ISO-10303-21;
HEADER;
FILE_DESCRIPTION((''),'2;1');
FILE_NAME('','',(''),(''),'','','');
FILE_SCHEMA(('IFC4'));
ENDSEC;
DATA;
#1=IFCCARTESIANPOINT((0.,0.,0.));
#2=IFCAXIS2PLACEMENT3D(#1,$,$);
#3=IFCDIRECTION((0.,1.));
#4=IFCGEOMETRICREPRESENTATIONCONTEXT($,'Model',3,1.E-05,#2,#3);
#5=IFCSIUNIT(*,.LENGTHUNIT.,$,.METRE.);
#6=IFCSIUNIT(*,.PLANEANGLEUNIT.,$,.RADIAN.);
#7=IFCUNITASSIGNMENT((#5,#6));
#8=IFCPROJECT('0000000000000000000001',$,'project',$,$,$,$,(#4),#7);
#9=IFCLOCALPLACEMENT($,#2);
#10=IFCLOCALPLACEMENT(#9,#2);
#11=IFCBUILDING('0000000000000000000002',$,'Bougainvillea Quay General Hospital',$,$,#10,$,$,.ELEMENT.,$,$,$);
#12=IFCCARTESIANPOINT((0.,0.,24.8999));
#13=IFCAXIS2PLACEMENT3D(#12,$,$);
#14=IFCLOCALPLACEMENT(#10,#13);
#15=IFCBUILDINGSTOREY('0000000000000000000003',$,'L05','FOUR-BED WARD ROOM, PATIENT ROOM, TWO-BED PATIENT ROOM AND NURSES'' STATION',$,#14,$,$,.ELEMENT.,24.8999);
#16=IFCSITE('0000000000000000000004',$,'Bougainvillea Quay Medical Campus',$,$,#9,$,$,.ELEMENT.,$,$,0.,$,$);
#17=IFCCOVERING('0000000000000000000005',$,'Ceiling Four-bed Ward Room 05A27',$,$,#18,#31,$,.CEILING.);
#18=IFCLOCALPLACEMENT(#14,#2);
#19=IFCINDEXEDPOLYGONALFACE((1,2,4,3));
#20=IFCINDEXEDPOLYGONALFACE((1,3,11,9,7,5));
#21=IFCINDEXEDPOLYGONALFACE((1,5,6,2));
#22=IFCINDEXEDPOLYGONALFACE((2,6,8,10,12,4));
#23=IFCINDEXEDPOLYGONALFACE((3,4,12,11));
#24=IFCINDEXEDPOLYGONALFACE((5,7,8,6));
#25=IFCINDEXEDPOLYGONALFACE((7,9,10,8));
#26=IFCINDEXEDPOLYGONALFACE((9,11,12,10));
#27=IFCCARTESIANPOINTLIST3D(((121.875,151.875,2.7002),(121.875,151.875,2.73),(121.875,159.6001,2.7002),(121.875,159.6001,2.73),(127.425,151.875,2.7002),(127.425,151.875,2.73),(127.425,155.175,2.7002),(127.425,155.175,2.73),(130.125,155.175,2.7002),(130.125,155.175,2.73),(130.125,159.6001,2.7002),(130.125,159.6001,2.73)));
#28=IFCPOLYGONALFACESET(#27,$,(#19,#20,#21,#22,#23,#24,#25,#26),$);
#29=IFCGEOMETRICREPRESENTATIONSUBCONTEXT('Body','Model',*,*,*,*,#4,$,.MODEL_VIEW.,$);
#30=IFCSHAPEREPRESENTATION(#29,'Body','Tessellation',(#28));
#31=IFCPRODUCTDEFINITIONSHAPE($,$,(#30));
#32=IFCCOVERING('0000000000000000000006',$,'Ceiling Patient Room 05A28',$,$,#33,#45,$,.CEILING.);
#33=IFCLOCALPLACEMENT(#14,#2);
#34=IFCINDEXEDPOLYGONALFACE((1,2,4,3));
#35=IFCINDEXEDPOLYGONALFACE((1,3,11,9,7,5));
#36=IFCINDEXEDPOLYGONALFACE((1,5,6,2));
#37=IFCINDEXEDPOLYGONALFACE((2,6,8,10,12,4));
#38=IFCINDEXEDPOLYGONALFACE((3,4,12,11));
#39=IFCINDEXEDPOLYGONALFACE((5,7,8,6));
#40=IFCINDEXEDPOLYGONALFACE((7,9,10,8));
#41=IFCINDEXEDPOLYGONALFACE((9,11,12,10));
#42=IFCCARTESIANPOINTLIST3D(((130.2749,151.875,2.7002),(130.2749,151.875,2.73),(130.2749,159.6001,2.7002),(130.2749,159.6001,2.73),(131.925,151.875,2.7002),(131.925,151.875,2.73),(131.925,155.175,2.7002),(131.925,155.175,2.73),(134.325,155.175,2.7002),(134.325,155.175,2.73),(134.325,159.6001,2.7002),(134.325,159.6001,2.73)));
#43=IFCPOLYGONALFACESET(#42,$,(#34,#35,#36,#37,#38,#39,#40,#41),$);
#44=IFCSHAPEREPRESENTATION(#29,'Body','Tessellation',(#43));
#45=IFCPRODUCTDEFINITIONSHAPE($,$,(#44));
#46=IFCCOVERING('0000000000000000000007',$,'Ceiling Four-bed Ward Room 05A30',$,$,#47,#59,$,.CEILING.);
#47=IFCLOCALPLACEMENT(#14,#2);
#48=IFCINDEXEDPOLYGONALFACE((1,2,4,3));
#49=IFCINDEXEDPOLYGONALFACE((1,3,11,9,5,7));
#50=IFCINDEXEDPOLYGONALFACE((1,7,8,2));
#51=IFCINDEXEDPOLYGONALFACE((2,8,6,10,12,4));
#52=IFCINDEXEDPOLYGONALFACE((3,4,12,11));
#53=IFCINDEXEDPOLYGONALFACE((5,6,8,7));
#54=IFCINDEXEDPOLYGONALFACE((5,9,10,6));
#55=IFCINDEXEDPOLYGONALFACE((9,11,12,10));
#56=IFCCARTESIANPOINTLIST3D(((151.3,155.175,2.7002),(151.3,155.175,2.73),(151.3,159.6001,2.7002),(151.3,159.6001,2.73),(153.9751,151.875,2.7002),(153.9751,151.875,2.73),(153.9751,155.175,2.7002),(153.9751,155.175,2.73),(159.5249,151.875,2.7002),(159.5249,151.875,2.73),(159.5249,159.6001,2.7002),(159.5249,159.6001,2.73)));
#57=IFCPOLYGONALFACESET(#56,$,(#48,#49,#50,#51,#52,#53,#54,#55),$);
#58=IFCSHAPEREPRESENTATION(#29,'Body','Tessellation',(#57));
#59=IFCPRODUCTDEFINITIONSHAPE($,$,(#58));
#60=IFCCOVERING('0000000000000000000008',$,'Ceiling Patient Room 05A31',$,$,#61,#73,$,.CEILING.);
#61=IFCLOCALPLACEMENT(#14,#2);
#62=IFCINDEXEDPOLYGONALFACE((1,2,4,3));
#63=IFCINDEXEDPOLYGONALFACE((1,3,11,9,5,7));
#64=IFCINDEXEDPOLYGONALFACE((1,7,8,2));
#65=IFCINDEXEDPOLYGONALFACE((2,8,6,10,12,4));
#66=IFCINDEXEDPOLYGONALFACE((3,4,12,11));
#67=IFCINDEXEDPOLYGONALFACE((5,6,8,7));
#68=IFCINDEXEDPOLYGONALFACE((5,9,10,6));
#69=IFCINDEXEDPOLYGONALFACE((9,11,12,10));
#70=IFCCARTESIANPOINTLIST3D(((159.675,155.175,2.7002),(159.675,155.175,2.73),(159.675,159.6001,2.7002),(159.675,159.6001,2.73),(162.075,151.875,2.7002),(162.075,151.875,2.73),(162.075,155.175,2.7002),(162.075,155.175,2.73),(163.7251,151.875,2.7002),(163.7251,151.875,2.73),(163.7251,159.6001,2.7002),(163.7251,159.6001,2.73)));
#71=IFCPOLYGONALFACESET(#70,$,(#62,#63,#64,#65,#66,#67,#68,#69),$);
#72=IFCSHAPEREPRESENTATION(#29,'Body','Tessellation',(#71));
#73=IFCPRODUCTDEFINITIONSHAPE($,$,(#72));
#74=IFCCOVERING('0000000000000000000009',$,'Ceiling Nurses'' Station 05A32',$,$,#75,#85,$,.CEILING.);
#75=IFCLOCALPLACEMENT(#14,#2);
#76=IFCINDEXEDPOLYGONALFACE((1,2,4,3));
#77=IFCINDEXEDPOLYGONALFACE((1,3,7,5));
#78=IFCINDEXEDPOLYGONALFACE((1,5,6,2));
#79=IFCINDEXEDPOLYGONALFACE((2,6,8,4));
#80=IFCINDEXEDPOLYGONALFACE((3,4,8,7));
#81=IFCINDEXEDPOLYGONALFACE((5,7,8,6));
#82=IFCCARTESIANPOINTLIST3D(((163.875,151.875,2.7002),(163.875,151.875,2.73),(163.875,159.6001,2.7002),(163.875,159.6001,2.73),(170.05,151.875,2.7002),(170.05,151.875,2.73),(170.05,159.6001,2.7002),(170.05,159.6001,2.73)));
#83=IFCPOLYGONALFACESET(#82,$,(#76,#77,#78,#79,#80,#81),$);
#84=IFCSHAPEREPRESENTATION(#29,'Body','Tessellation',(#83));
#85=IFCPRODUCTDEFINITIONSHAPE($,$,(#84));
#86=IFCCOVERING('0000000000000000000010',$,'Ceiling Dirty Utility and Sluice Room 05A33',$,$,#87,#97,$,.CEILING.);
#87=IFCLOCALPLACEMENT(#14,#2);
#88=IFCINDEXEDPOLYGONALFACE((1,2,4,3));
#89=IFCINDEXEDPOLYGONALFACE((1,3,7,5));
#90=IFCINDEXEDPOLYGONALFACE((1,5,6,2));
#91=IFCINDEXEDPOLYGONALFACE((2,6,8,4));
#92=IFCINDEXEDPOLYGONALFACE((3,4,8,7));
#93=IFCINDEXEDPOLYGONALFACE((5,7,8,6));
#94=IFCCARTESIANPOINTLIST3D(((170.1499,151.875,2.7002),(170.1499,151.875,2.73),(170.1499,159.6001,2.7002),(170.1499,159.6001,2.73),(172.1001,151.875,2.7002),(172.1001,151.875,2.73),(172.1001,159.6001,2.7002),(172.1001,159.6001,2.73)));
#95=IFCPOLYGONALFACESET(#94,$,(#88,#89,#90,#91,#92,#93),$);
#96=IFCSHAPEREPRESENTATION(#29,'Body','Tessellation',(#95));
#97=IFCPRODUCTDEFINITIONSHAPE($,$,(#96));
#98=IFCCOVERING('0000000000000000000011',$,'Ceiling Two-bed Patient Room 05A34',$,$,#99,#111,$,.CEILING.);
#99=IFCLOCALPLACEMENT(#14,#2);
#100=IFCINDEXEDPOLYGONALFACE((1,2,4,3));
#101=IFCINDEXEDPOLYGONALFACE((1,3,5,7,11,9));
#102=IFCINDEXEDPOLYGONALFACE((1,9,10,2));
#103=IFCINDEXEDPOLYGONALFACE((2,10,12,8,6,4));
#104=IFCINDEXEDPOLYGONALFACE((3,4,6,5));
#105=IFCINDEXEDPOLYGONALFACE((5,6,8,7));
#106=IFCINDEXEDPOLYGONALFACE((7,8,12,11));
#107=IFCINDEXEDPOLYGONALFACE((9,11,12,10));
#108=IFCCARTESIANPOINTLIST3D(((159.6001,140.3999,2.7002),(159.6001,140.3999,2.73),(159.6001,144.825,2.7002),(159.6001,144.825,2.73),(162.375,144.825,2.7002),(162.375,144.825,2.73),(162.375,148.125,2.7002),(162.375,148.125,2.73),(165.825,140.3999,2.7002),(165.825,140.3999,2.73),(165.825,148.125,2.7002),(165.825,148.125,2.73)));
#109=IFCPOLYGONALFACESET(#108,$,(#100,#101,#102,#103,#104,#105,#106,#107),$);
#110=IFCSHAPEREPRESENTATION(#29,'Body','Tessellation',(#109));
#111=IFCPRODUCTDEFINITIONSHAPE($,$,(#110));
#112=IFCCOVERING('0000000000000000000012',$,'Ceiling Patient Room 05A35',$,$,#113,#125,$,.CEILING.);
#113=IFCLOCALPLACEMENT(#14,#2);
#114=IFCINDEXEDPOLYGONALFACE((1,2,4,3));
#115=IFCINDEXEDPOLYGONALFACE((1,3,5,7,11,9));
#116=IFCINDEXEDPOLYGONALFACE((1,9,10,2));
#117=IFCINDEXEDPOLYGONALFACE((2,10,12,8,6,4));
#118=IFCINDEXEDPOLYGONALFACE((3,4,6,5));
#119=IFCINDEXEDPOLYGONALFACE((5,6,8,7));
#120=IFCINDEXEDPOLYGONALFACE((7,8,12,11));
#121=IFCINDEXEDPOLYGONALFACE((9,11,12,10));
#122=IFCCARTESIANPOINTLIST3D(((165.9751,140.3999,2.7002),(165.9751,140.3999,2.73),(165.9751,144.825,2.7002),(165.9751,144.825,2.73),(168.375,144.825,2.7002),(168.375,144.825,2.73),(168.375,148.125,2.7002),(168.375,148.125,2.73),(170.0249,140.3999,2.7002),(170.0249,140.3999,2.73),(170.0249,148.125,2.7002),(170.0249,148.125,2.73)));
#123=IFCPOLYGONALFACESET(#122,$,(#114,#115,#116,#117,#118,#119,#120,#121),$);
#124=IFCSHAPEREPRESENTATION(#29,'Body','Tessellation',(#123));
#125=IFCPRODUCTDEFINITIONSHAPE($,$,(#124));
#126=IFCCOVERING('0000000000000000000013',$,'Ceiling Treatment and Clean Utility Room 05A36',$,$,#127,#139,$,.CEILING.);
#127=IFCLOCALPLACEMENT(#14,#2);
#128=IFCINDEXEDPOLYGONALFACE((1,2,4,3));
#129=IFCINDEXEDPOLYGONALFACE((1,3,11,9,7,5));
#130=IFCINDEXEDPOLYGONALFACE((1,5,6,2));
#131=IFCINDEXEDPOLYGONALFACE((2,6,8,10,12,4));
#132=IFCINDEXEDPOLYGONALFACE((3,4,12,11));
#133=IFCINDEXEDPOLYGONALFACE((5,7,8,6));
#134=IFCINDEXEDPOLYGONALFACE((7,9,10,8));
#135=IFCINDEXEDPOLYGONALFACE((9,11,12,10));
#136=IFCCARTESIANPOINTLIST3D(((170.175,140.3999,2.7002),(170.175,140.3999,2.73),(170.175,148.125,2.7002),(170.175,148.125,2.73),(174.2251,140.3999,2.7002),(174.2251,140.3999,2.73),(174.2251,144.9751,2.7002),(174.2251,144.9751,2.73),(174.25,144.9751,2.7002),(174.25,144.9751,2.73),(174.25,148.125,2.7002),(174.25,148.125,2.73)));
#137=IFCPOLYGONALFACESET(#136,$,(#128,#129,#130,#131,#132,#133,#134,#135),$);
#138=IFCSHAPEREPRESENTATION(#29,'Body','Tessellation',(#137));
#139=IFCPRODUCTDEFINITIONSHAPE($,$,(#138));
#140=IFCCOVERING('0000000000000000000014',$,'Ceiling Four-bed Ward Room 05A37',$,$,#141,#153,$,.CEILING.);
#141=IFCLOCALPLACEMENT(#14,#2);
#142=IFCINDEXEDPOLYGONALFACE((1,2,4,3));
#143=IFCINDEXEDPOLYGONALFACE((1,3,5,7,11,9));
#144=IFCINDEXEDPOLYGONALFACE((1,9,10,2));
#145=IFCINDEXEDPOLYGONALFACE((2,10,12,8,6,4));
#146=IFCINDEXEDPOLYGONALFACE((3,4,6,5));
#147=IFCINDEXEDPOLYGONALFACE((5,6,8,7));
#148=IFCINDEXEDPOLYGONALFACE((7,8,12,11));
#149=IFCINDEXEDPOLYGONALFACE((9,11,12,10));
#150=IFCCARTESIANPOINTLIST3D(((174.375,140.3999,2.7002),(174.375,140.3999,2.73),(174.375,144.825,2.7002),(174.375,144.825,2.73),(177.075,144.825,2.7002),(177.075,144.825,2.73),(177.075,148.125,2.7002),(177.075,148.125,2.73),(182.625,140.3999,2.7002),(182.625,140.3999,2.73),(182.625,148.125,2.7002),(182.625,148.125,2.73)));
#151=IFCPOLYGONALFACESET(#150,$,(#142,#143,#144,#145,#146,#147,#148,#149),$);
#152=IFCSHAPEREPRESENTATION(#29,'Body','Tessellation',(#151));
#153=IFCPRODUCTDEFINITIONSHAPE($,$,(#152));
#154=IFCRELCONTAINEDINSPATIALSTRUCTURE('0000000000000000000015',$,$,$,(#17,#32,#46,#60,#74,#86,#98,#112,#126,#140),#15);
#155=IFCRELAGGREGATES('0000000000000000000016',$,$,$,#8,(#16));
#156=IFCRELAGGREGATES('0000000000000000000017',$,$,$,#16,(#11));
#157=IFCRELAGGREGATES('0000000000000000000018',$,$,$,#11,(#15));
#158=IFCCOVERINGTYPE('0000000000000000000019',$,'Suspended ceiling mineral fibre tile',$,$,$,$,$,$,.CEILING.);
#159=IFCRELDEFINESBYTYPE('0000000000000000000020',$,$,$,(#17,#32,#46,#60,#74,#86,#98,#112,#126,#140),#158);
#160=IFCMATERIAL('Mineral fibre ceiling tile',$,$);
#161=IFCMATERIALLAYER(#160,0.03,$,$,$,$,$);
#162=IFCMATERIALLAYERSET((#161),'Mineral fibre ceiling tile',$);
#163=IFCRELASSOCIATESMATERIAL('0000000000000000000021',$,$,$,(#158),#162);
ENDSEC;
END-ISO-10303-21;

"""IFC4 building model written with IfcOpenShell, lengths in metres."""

from ifc_helpers import new_model, si_unit, direction, frame, origin, place, context, subcontext, project, spatial, polyline, outline, extrude, material, layer, layer_set, type_object, element, save


model = new_model("IFC4")

# Units and contexts
model_context = context("Model", 3, precision=1e-05, world=origin(), true_north=direction((0.0, 1.0)))
body_context = subcontext(model_context, "Body", "Model", "MODEL_VIEW")
ifc_project = project(units=[si_unit("LENGTHUNIT", "METRE"), si_unit("PLANEANGLEUNIT", "RADIAN")], contexts=[model_context])

# Site, building, storey
site_placement = place(None, origin())
site = spatial("IfcSite", under=ifc_project, at=site_placement, Name="Bougainvillea Quay Medical Campus", CompositionType="ELEMENT", RefElevation=0.0)
building_placement = place(site_placement, origin())
building = spatial("IfcBuilding", under=site, at=building_placement, Name="Bougainvillea Quay General Hospital", CompositionType="ELEMENT")
storey_placement = place(building_placement, frame((0.0, 0.0, 24.8999)))
storey = spatial("IfcBuildingStorey", under=building, at=storey_placement, Name="L05", Description="FOUR-BED WARD ROOM, PATIENT ROOM, TWO-BED PATIENT ROOM AND NURSES' STATION", CompositionType="ELEMENT", Elevation=24.8999)

# Coverings
ifc_material_1 = material(Name="Mineral fibre ceiling tile")
ifc_layer_1 = layer(ifc_material_1, 0.03)
ifc_layer_set_1 = layer_set([ifc_layer_1], Name="Mineral fibre ceiling tile")
covering_type = type_object("IfcCoveringType", Name="Suspended ceiling mineral fibre tile", PredefinedType="CEILING", material=ifc_layer_set_1)
covering_1_placement = place(storey_placement, frame((0.0, 0.0, 2.7002)))
element("IfcCovering", 1, at=covering_1_placement, inside=storey, type_object=covering_type, Name="Ceiling Four-bed Ward Room 05A27", PredefinedType="CEILING", context=body_context, shape_type="SweptSolid", body=[
    extrude(outline(polyline([(121.875, 159.6001), (121.875, 151.875), (127.425, 151.875), (127.425, 155.175), (130.125, 155.175), (130.125, 159.6001), (121.875, 159.6001)])), origin(), (0.0, 0.0, 1.0), 0.0298),
])
covering_2_placement = place(storey_placement, frame((0.0, 0.0, 2.7002)))
element("IfcCovering", 2, at=covering_2_placement, inside=storey, type_object=covering_type, Name="Ceiling Patient Room 05A28", PredefinedType="CEILING", context=body_context, shape_type="SweptSolid", body=[
    extrude(outline(polyline([(130.2749, 159.6001), (130.2749, 151.875), (131.925, 151.875), (131.925, 155.175), (134.325, 155.175), (134.325, 159.6001), (130.2749, 159.6001)])), origin(), (0.0, 0.0, 1.0), 0.0298),
])
covering_3_placement = place(storey_placement, frame((0.0, 0.0, 2.7002)))
element("IfcCovering", 3, at=covering_3_placement, inside=storey, type_object=covering_type, Name="Ceiling Four-bed Ward Room 05A30", PredefinedType="CEILING", context=body_context, shape_type="SweptSolid", body=[
    extrude(outline(polyline([(151.3, 159.6001), (151.3, 155.175), (153.9751, 155.175), (153.9751, 151.875), (159.5249, 151.875), (159.5249, 159.6001), (151.3, 159.6001)])), origin(), (0.0, 0.0, 1.0), 0.0298),
])
covering_4_placement = place(storey_placement, frame((0.0, 0.0, 2.7002)))
element("IfcCovering", 4, at=covering_4_placement, inside=storey, type_object=covering_type, Name="Ceiling Patient Room 05A31", PredefinedType="CEILING", context=body_context, shape_type="SweptSolid", body=[
    extrude(outline(polyline([(159.675, 159.6001), (159.675, 155.175), (162.075, 155.175), (162.075, 151.875), (163.7251, 151.875), (163.7251, 159.6001), (159.675, 159.6001)])), origin(), (0.0, 0.0, 1.0), 0.0298),
])
covering_5_placement = place(storey_placement, frame((0.0, 0.0, 2.7002)))
element("IfcCovering", 5, at=covering_5_placement, inside=storey, type_object=covering_type, Name="Ceiling Nurses' Station 05A32", PredefinedType="CEILING", context=body_context, shape_type="SweptSolid", body=[
    extrude(outline(polyline([(163.875, 159.6001), (163.875, 151.875), (170.05, 151.875), (170.05, 159.6001), (163.875, 159.6001)])), origin(), (0.0, 0.0, 1.0), 0.0298),
])
covering_6_placement = place(storey_placement, frame((0.0, 0.0, 2.7002)))
element("IfcCovering", 6, at=covering_6_placement, inside=storey, type_object=covering_type, Name="Ceiling Dirty Utility and Sluice Room 05A33", PredefinedType="CEILING", context=body_context, shape_type="SweptSolid", body=[
    extrude(outline(polyline([(170.1499, 159.6001), (170.1499, 151.875), (172.1001, 151.875), (172.1001, 159.6001), (170.1499, 159.6001)])), origin(), (0.0, 0.0, 1.0), 0.0298),
])
covering_7_placement = place(storey_placement, frame((0.0, 0.0, 2.7002)))
element("IfcCovering", 7, at=covering_7_placement, inside=storey, type_object=covering_type, Name="Ceiling Two-bed Patient Room 05A34", PredefinedType="CEILING", context=body_context, shape_type="SweptSolid", body=[
    extrude(outline(polyline([(165.825, 140.3999), (165.825, 148.125), (162.375, 148.125), (162.375, 144.825), (159.6001, 144.825), (159.6001, 140.3999), (165.825, 140.3999)])), origin(), (0.0, 0.0, 1.0), 0.0298),
])
covering_8_placement = place(storey_placement, frame((0.0, 0.0, 2.7002)))
element("IfcCovering", 8, at=covering_8_placement, inside=storey, type_object=covering_type, Name="Ceiling Patient Room 05A35", PredefinedType="CEILING", context=body_context, shape_type="SweptSolid", body=[
    extrude(outline(polyline([(170.0249, 140.3999), (170.0249, 148.125), (168.375, 148.125), (168.375, 144.825), (165.9751, 144.825), (165.9751, 140.3999), (170.0249, 140.3999)])), origin(), (0.0, 0.0, 1.0), 0.0298),
])
covering_9_placement = place(storey_placement, frame((0.0, 0.0, 2.7002)))
element("IfcCovering", 9, at=covering_9_placement, inside=storey, type_object=covering_type, Name="Ceiling Treatment and Clean Utility Room 05A36", PredefinedType="CEILING", context=body_context, shape_type="SweptSolid", body=[
    extrude(outline(polyline([(174.2251, 140.3999), (174.2251, 144.9751), (174.25, 144.9751), (174.25, 148.125), (170.175, 148.125), (170.175, 140.3999), (174.2251, 140.3999)])), origin(), (0.0, 0.0, 1.0), 0.0298),
])
covering_10_placement = place(storey_placement, frame((0.0, 0.0, 2.7002)))
element("IfcCovering", 10, at=covering_10_placement, inside=storey, type_object=covering_type, Name="Ceiling Four-bed Ward Room 05A37", PredefinedType="CEILING", context=body_context, shape_type="SweptSolid", body=[
    extrude(outline(polyline([(182.625, 140.3999), (182.625, 148.125), (177.075, 148.125), (177.075, 144.825), (174.375, 144.825), (174.375, 140.3999), (182.625, 140.3999)])), origin(), (0.0, 0.0, 1.0), 0.0298),
])

save(model, "model.ifc")
